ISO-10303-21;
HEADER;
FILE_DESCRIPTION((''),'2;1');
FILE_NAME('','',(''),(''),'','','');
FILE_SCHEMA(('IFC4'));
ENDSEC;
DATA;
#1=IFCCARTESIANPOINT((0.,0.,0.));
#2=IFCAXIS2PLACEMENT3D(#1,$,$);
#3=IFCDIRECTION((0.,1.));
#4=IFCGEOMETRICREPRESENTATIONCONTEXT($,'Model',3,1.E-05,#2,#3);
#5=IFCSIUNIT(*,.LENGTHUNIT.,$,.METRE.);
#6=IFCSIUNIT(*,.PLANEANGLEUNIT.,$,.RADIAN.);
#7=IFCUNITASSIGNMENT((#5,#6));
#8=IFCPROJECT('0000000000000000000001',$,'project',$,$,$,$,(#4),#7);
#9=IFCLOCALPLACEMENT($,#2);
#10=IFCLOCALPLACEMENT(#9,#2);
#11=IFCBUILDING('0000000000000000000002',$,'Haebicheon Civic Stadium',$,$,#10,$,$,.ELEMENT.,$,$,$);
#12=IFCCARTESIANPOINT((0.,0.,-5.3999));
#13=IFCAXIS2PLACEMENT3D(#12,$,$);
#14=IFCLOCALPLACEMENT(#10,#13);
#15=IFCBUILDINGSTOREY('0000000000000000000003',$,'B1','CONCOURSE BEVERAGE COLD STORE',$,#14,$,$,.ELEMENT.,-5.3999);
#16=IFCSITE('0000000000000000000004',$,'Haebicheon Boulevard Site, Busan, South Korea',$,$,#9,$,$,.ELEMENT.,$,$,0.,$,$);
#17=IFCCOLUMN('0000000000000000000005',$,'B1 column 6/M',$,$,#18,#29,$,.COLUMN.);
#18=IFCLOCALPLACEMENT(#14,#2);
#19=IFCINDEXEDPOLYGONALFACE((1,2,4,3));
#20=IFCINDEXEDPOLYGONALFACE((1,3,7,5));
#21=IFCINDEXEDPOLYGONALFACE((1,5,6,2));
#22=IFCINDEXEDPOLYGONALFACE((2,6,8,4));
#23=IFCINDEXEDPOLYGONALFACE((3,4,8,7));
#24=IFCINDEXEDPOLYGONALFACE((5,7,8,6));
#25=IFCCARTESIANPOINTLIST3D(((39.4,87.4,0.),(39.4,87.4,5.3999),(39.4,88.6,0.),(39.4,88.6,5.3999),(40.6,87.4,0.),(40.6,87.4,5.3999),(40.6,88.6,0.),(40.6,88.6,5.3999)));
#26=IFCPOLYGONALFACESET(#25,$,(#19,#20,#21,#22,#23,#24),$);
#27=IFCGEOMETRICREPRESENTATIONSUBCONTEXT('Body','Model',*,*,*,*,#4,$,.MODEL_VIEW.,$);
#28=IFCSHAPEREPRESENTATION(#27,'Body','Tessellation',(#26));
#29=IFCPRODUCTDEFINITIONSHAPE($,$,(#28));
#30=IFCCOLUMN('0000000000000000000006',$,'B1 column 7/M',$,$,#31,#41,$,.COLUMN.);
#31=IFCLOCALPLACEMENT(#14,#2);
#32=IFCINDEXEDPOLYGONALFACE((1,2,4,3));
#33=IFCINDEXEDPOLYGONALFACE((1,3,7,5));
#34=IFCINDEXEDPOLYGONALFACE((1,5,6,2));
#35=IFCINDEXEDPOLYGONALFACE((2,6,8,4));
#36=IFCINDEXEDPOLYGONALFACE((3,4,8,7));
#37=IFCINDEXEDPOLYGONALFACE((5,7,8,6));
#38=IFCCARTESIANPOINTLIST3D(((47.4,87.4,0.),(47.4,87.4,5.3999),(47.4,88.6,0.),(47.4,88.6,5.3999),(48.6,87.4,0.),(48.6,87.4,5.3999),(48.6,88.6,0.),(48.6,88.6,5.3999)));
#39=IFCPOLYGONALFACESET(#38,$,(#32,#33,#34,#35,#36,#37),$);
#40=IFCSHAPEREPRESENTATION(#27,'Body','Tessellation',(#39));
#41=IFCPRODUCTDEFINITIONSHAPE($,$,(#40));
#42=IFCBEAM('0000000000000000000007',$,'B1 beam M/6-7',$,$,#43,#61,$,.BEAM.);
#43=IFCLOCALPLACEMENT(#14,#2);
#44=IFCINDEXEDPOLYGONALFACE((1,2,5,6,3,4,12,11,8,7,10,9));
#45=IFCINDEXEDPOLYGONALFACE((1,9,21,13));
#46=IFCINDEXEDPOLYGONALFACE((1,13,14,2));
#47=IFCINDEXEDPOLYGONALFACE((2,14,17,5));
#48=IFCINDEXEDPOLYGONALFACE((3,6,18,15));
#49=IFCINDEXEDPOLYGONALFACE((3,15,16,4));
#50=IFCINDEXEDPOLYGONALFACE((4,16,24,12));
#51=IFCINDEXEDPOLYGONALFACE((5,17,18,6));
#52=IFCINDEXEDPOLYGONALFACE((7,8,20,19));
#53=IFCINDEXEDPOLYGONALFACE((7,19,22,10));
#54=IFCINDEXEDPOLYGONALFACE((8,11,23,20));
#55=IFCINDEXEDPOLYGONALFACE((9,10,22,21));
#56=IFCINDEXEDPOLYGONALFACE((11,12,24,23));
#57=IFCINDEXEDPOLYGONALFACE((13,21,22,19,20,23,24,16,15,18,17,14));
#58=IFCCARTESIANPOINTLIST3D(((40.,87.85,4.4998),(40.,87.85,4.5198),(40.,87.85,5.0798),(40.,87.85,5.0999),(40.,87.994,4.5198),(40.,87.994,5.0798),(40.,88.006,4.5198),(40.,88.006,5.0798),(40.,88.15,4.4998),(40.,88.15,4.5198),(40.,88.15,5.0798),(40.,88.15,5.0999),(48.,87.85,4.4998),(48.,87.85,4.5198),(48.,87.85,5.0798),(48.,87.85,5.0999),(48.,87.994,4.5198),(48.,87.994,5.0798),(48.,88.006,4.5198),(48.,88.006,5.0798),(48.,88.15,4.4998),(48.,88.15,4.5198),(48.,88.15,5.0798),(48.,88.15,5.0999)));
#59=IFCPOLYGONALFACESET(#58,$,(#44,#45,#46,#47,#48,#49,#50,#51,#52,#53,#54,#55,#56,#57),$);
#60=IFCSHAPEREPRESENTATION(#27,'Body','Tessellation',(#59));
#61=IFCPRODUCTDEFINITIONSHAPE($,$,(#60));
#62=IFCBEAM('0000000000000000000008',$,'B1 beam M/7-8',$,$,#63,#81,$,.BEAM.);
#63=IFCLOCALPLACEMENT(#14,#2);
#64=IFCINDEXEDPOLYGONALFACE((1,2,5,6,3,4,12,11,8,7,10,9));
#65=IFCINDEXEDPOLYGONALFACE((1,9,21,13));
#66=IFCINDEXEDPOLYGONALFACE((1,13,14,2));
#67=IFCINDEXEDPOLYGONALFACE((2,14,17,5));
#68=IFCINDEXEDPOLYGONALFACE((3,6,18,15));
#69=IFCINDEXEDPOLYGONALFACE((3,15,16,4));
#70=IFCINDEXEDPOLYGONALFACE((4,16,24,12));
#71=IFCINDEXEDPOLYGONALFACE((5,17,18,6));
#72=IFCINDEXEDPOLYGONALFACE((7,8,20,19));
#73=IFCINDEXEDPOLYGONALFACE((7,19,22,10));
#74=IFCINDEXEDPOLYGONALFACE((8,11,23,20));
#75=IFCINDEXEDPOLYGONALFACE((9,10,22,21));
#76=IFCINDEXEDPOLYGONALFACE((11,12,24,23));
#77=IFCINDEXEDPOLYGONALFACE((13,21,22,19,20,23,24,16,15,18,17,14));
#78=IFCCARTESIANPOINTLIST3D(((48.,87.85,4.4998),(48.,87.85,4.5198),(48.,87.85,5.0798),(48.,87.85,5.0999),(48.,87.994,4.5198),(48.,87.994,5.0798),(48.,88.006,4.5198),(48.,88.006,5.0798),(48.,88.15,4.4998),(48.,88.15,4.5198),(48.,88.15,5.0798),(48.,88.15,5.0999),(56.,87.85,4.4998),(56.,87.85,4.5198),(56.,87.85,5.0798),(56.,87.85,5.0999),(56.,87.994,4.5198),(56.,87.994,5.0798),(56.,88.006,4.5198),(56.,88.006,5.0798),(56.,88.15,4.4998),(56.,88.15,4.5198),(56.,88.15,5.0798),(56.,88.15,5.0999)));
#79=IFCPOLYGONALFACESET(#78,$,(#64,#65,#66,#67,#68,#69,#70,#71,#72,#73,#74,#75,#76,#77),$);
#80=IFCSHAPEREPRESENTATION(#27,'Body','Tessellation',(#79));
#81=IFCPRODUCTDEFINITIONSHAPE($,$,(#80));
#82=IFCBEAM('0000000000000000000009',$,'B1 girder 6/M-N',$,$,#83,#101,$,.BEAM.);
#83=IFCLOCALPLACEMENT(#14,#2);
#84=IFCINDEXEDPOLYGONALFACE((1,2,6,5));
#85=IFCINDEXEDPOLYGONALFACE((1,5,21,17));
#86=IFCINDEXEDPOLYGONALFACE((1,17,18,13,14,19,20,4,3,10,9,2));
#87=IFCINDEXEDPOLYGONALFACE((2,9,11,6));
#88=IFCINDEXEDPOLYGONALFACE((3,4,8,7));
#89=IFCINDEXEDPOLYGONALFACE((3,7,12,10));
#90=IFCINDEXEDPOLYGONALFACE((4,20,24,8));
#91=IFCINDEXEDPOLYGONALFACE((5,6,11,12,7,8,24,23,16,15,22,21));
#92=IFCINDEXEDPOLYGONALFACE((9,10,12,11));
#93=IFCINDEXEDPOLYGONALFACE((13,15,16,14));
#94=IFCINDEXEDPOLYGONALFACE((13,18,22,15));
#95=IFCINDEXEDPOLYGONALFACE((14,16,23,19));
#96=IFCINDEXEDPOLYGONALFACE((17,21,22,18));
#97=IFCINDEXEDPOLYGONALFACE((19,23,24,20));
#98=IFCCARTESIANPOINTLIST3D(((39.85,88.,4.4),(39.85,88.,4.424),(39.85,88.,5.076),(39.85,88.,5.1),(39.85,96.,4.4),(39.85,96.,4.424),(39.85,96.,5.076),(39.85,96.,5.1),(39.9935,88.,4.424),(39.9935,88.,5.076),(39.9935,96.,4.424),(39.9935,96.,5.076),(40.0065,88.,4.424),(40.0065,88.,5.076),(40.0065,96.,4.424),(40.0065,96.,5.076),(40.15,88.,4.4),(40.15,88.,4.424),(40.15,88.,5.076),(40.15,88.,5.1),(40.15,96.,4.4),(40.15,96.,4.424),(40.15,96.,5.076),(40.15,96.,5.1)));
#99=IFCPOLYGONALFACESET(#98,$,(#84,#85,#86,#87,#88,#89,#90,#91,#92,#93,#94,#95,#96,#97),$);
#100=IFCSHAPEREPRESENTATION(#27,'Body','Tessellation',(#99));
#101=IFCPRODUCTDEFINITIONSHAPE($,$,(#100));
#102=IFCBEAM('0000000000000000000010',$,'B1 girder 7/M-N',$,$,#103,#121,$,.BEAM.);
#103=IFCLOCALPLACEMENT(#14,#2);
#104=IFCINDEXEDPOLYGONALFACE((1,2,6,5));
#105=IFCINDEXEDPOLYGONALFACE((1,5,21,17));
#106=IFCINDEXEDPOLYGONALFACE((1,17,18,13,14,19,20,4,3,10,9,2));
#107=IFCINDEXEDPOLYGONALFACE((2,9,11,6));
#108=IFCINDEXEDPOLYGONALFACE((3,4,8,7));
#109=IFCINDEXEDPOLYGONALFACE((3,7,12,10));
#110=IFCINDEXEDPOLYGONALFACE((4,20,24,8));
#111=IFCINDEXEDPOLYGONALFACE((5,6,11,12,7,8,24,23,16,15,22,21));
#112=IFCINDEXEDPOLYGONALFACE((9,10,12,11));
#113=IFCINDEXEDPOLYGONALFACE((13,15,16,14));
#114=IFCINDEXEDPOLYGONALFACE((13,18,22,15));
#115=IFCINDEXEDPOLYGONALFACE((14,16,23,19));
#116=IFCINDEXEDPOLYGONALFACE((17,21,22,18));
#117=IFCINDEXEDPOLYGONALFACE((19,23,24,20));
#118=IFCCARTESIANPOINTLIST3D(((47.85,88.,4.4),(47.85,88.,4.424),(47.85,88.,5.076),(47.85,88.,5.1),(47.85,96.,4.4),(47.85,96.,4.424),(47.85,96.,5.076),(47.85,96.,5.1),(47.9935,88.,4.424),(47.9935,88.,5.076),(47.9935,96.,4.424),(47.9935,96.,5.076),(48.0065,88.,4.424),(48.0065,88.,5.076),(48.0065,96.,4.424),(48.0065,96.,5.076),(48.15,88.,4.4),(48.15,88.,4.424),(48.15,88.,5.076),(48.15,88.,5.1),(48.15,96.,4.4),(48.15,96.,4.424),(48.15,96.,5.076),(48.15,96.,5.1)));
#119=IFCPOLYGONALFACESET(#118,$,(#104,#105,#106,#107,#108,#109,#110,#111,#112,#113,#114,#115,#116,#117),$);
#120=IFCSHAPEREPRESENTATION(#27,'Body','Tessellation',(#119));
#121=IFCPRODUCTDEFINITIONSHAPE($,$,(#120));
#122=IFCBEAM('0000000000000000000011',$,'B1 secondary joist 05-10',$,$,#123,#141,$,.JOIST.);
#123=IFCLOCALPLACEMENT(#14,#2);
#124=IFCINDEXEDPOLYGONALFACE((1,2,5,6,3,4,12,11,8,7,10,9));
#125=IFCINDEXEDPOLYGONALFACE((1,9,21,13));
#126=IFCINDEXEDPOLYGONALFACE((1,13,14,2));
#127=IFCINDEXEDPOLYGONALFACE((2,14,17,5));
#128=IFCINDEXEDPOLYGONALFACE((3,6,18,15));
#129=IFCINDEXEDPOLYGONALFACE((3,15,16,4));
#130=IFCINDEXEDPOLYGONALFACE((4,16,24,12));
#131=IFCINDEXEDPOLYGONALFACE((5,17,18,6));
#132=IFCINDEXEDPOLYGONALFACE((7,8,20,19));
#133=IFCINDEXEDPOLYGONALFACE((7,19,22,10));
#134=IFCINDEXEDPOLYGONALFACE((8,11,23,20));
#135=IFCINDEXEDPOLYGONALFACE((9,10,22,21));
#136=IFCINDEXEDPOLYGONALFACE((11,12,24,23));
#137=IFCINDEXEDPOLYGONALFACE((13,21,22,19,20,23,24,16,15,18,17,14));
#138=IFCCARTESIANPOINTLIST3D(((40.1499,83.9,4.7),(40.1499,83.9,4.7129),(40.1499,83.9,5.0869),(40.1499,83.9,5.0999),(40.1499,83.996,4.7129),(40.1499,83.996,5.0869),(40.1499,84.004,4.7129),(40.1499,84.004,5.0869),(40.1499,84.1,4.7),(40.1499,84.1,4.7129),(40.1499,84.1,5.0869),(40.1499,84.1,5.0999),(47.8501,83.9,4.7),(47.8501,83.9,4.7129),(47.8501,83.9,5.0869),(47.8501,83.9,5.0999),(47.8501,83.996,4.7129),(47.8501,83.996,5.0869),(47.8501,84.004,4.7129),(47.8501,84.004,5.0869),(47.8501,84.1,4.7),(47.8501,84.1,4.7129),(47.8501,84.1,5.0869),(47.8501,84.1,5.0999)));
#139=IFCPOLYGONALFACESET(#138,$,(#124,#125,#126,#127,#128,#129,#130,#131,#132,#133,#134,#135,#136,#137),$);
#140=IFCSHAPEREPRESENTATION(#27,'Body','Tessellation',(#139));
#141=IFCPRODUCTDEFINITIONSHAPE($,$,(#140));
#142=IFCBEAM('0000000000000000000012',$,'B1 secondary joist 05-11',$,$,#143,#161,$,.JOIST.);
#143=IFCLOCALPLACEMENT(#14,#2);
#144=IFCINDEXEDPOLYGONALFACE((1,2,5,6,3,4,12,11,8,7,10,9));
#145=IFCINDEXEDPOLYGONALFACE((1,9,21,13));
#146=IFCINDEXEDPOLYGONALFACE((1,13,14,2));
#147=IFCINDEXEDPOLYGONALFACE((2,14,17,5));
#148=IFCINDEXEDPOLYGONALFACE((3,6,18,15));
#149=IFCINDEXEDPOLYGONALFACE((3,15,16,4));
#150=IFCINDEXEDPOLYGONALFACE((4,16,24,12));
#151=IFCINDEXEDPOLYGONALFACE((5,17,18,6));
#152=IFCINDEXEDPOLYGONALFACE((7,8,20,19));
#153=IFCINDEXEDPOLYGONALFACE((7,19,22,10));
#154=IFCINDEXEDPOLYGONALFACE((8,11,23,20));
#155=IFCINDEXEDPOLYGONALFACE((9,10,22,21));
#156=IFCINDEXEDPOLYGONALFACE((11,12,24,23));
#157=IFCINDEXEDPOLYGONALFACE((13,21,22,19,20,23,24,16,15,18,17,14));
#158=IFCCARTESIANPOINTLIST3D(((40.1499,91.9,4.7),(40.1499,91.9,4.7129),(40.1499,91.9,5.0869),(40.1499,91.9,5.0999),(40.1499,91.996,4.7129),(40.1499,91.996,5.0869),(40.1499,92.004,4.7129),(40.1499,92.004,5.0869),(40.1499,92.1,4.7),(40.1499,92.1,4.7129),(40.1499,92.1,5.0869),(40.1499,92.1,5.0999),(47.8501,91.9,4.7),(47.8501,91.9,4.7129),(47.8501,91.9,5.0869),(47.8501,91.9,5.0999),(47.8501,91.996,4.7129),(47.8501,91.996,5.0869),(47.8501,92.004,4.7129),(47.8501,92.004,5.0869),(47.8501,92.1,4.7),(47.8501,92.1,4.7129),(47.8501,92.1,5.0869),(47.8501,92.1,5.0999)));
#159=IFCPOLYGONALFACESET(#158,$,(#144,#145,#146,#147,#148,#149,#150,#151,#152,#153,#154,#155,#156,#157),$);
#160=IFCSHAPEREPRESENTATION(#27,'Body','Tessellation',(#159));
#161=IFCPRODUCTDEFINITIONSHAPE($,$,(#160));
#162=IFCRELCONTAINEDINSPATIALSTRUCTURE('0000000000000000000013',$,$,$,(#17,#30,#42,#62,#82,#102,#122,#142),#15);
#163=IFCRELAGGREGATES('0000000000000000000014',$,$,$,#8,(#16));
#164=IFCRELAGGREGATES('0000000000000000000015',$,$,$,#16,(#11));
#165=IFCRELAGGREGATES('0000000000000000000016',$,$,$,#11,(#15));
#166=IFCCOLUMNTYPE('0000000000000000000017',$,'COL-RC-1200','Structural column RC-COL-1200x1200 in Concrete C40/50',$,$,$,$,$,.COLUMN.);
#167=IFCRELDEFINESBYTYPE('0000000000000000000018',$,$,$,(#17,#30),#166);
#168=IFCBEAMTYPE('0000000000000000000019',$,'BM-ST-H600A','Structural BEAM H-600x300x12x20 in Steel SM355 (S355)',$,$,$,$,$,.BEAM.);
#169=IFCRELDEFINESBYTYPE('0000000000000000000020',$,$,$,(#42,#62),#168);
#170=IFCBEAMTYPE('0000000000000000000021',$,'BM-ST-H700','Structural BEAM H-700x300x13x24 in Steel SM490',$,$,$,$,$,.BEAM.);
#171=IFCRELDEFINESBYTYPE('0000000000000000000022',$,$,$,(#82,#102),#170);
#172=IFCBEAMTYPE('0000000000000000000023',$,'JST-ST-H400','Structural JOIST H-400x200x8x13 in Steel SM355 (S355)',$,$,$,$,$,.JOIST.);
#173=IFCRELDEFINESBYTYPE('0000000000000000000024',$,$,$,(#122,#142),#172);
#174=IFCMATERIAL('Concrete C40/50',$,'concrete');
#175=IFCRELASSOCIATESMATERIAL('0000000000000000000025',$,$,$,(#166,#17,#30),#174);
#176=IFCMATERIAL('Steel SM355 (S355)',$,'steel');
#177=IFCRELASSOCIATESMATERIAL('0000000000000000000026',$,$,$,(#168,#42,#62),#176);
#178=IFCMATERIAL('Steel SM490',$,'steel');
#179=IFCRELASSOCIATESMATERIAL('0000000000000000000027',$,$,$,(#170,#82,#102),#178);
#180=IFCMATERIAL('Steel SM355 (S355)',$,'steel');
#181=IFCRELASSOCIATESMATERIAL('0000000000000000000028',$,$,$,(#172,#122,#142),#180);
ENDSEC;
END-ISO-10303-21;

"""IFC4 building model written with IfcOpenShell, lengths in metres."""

from ifc_helpers import new_model, si_unit, direction, frame, origin, origin_2d, place, context, subcontext, project, spatial, rectangle, i_section, extrude, material, material_profile, profile_set, type_object, element, save


model = new_model("IFC4")

# Units and contexts
model_context = context("Model", 3, precision=1e-05, world=origin(), true_north=direction((0.0, 1.0)))
body_context = subcontext(model_context, "Body", "Model", "MODEL_VIEW")
ifc_project = project(units=[si_unit("LENGTHUNIT", "METRE"), si_unit("PLANEANGLEUNIT", "RADIAN")], contexts=[model_context])

# Site, building, storey
site_placement = place(None, origin())
site = spatial("IfcSite", under=ifc_project, at=site_placement, Name="Haebicheon Boulevard Site, Busan, South Korea", CompositionType="ELEMENT", RefElevation=0.0)
building_placement = place(site_placement, origin())
building = spatial("IfcBuilding", under=site, at=building_placement, Name="Haebicheon Civic Stadium", CompositionType="ELEMENT")
storey_placement = place(building_placement, frame((0.0, 0.0, -5.3999)))
storey = spatial("IfcBuildingStorey", under=building, at=storey_placement, Name="B1", Description="CONCOURSE BEVERAGE COLD STORE", CompositionType="ELEMENT", Elevation=-5.3999)

# Columns
ifc_material_1 = material(Name="Concrete C40/50", Category="concrete")
ifc_material_profile_1 = material_profile(ifc_material_1, rectangle(XDim=1.2, YDim=1.2, at=origin_2d()), Name="RC-COL-1200x1200")
ifc_profile_set_1 = profile_set([ifc_material_profile_1], Name="Concrete C40/50")
column_type = type_object("IfcColumnType", Name="COL-RC-1200", Description="Structural column RC-COL-1200x1200 in Concrete C40/50", PredefinedType="COLUMN", material=ifc_profile_set_1)
for number, where, z_axis, x_axis, name in (
    (1, (40.0, 88.0, 0.0), (0.0, 0.0, 1.0), (1.0, 0.0, 0.0), "B1 column 6/M"),
    (2, (48.0, 88.0, 0.0), (0.0, 0.0, 1.0), (1.0, 0.0, 0.0), "B1 column 7/M"),
):
    element("IfcColumn", number, at=place(storey_placement, frame(where, z_axis=z_axis, x_axis=x_axis)), inside=storey, type_object=column_type, material=ifc_profile_set_1, Name=name, PredefinedType="COLUMN", context=body_context, shape_type="SweptSolid", body=[
        extrude(rectangle(XDim=1.2, YDim=1.2, at=origin_2d()), origin(), (0.0, 0.0, 1.0), 5.3999),
    ])

# Beams
ifc_material_2 = material(Name="Steel SM355 (S355)", Category="steel")
ifc_material_profile_2 = material_profile(ifc_material_2, i_section(OverallWidth=0.3, OverallDepth=0.6001, WebThickness=0.012, FlangeThickness=0.02, at=origin_2d()), Name="H-600x300x12x20")
ifc_profile_set_2 = profile_set([ifc_material_profile_2], Name="Steel SM355 (S355)")
beam_type_1 = type_object("IfcBeamType", Name="BM-ST-H600A", Description="Structural BEAM H-600x300x12x20 in Steel SM355 (S355)", PredefinedType="BEAM", material=ifc_profile_set_2)
for number, where, z_axis, x_axis, name in (
    (3, (40.0, 88.0, 4.7998), (1.0, 0.0, 0.0), (0.0, 1.0, 0.0), "B1 beam M/6-7"),
    (4, (48.0, 88.0, 4.7998), (1.0, 0.0, 0.0), (0.0, 1.0, 0.0), "B1 beam M/7-8"),
):
    element("IfcBeam", number, at=place(storey_placement, frame(where, z_axis=z_axis, x_axis=x_axis)), inside=storey, type_object=beam_type_1, material=ifc_profile_set_2, Name=name, PredefinedType="BEAM", context=body_context, shape_type="SweptSolid", body=[
        extrude(i_section(OverallWidth=0.3, OverallDepth=0.6001, WebThickness=0.012, FlangeThickness=0.02, at=origin_2d()), origin(), (0.0, 0.0, 1.0), 8.0),
    ])
ifc_material_3 = material(Name="Steel SM490", Category="steel")
ifc_material_profile_3 = material_profile(ifc_material_3, i_section(OverallWidth=0.3, OverallDepth=0.7, WebThickness=0.0129, FlangeThickness=0.0239, at=origin_2d()), Name="H-700x300x13x24")
ifc_profile_set_3 = profile_set([ifc_material_profile_3], Name="Steel SM490")
beam_type_2 = type_object("IfcBeamType", Name="BM-ST-H700", Description="Structural BEAM H-700x300x13x24 in Steel SM490", PredefinedType="BEAM", material=ifc_profile_set_3)
for number, where, z_axis, x_axis, name in (
    (5, (40.0, 88.0, 4.75), (0.0, 1.0, 0.0), (-1.0, 0.0, 0.0), "B1 girder 6/M-N"),
    (6, (48.0, 88.0, 4.75), (0.0, 1.0, 0.0), (-1.0, 0.0, 0.0), "B1 girder 7/M-N"),
):
    element("IfcBeam", number, at=place(storey_placement, frame(where, z_axis=z_axis, x_axis=x_axis)), inside=storey, type_object=beam_type_2, material=ifc_profile_set_3, Name=name, PredefinedType="BEAM", context=body_context, shape_type="SweptSolid", body=[
        extrude(i_section(OverallWidth=0.3, OverallDepth=0.7, WebThickness=0.0129, FlangeThickness=0.0239, at=origin_2d()), origin(), (0.0, 0.0, 1.0), 8.0),
    ])
ifc_material_4 = material(Name="Steel SM355 (S355)", Category="steel")
ifc_material_profile_4 = material_profile(ifc_material_4, i_section(OverallWidth=0.2, OverallDepth=0.3999, WebThickness=0.0081, FlangeThickness=0.0129, at=origin_2d()), Name="H-400x200x8x13")
ifc_profile_set_4 = profile_set([ifc_material_profile_4], Name="Steel SM355 (S355)")
beam_type_3 = type_object("IfcBeamType", Name="JST-ST-H400", Description="Structural JOIST H-400x200x8x13 in Steel SM355 (S355)", PredefinedType="JOIST", material=ifc_profile_set_4)
for number, where, z_axis, x_axis, name in (
    (7, (40.1499, 84.0, 4.8999), (1.0, 0.0, 0.0), (0.0, 1.0, 0.0), "B1 secondary joist 05-10"),
    (8, (40.1499, 92.0, 4.8999), (1.0, 0.0, 0.0), (0.0, 1.0, 0.0), "B1 secondary joist 05-11"),
):
    element("IfcBeam", number, at=place(storey_placement, frame(where, z_axis=z_axis, x_axis=x_axis)), inside=storey, type_object=beam_type_3, material=ifc_profile_set_4, Name=name, PredefinedType="JOIST", context=body_context, shape_type="SweptSolid", body=[
        extrude(i_section(OverallWidth=0.2, OverallDepth=0.3999, WebThickness=0.0081, FlangeThickness=0.0129, at=origin_2d()), origin(), (0.0, 0.0, 1.0), 7.7002),
    ])

save(model, "model.ifc")
